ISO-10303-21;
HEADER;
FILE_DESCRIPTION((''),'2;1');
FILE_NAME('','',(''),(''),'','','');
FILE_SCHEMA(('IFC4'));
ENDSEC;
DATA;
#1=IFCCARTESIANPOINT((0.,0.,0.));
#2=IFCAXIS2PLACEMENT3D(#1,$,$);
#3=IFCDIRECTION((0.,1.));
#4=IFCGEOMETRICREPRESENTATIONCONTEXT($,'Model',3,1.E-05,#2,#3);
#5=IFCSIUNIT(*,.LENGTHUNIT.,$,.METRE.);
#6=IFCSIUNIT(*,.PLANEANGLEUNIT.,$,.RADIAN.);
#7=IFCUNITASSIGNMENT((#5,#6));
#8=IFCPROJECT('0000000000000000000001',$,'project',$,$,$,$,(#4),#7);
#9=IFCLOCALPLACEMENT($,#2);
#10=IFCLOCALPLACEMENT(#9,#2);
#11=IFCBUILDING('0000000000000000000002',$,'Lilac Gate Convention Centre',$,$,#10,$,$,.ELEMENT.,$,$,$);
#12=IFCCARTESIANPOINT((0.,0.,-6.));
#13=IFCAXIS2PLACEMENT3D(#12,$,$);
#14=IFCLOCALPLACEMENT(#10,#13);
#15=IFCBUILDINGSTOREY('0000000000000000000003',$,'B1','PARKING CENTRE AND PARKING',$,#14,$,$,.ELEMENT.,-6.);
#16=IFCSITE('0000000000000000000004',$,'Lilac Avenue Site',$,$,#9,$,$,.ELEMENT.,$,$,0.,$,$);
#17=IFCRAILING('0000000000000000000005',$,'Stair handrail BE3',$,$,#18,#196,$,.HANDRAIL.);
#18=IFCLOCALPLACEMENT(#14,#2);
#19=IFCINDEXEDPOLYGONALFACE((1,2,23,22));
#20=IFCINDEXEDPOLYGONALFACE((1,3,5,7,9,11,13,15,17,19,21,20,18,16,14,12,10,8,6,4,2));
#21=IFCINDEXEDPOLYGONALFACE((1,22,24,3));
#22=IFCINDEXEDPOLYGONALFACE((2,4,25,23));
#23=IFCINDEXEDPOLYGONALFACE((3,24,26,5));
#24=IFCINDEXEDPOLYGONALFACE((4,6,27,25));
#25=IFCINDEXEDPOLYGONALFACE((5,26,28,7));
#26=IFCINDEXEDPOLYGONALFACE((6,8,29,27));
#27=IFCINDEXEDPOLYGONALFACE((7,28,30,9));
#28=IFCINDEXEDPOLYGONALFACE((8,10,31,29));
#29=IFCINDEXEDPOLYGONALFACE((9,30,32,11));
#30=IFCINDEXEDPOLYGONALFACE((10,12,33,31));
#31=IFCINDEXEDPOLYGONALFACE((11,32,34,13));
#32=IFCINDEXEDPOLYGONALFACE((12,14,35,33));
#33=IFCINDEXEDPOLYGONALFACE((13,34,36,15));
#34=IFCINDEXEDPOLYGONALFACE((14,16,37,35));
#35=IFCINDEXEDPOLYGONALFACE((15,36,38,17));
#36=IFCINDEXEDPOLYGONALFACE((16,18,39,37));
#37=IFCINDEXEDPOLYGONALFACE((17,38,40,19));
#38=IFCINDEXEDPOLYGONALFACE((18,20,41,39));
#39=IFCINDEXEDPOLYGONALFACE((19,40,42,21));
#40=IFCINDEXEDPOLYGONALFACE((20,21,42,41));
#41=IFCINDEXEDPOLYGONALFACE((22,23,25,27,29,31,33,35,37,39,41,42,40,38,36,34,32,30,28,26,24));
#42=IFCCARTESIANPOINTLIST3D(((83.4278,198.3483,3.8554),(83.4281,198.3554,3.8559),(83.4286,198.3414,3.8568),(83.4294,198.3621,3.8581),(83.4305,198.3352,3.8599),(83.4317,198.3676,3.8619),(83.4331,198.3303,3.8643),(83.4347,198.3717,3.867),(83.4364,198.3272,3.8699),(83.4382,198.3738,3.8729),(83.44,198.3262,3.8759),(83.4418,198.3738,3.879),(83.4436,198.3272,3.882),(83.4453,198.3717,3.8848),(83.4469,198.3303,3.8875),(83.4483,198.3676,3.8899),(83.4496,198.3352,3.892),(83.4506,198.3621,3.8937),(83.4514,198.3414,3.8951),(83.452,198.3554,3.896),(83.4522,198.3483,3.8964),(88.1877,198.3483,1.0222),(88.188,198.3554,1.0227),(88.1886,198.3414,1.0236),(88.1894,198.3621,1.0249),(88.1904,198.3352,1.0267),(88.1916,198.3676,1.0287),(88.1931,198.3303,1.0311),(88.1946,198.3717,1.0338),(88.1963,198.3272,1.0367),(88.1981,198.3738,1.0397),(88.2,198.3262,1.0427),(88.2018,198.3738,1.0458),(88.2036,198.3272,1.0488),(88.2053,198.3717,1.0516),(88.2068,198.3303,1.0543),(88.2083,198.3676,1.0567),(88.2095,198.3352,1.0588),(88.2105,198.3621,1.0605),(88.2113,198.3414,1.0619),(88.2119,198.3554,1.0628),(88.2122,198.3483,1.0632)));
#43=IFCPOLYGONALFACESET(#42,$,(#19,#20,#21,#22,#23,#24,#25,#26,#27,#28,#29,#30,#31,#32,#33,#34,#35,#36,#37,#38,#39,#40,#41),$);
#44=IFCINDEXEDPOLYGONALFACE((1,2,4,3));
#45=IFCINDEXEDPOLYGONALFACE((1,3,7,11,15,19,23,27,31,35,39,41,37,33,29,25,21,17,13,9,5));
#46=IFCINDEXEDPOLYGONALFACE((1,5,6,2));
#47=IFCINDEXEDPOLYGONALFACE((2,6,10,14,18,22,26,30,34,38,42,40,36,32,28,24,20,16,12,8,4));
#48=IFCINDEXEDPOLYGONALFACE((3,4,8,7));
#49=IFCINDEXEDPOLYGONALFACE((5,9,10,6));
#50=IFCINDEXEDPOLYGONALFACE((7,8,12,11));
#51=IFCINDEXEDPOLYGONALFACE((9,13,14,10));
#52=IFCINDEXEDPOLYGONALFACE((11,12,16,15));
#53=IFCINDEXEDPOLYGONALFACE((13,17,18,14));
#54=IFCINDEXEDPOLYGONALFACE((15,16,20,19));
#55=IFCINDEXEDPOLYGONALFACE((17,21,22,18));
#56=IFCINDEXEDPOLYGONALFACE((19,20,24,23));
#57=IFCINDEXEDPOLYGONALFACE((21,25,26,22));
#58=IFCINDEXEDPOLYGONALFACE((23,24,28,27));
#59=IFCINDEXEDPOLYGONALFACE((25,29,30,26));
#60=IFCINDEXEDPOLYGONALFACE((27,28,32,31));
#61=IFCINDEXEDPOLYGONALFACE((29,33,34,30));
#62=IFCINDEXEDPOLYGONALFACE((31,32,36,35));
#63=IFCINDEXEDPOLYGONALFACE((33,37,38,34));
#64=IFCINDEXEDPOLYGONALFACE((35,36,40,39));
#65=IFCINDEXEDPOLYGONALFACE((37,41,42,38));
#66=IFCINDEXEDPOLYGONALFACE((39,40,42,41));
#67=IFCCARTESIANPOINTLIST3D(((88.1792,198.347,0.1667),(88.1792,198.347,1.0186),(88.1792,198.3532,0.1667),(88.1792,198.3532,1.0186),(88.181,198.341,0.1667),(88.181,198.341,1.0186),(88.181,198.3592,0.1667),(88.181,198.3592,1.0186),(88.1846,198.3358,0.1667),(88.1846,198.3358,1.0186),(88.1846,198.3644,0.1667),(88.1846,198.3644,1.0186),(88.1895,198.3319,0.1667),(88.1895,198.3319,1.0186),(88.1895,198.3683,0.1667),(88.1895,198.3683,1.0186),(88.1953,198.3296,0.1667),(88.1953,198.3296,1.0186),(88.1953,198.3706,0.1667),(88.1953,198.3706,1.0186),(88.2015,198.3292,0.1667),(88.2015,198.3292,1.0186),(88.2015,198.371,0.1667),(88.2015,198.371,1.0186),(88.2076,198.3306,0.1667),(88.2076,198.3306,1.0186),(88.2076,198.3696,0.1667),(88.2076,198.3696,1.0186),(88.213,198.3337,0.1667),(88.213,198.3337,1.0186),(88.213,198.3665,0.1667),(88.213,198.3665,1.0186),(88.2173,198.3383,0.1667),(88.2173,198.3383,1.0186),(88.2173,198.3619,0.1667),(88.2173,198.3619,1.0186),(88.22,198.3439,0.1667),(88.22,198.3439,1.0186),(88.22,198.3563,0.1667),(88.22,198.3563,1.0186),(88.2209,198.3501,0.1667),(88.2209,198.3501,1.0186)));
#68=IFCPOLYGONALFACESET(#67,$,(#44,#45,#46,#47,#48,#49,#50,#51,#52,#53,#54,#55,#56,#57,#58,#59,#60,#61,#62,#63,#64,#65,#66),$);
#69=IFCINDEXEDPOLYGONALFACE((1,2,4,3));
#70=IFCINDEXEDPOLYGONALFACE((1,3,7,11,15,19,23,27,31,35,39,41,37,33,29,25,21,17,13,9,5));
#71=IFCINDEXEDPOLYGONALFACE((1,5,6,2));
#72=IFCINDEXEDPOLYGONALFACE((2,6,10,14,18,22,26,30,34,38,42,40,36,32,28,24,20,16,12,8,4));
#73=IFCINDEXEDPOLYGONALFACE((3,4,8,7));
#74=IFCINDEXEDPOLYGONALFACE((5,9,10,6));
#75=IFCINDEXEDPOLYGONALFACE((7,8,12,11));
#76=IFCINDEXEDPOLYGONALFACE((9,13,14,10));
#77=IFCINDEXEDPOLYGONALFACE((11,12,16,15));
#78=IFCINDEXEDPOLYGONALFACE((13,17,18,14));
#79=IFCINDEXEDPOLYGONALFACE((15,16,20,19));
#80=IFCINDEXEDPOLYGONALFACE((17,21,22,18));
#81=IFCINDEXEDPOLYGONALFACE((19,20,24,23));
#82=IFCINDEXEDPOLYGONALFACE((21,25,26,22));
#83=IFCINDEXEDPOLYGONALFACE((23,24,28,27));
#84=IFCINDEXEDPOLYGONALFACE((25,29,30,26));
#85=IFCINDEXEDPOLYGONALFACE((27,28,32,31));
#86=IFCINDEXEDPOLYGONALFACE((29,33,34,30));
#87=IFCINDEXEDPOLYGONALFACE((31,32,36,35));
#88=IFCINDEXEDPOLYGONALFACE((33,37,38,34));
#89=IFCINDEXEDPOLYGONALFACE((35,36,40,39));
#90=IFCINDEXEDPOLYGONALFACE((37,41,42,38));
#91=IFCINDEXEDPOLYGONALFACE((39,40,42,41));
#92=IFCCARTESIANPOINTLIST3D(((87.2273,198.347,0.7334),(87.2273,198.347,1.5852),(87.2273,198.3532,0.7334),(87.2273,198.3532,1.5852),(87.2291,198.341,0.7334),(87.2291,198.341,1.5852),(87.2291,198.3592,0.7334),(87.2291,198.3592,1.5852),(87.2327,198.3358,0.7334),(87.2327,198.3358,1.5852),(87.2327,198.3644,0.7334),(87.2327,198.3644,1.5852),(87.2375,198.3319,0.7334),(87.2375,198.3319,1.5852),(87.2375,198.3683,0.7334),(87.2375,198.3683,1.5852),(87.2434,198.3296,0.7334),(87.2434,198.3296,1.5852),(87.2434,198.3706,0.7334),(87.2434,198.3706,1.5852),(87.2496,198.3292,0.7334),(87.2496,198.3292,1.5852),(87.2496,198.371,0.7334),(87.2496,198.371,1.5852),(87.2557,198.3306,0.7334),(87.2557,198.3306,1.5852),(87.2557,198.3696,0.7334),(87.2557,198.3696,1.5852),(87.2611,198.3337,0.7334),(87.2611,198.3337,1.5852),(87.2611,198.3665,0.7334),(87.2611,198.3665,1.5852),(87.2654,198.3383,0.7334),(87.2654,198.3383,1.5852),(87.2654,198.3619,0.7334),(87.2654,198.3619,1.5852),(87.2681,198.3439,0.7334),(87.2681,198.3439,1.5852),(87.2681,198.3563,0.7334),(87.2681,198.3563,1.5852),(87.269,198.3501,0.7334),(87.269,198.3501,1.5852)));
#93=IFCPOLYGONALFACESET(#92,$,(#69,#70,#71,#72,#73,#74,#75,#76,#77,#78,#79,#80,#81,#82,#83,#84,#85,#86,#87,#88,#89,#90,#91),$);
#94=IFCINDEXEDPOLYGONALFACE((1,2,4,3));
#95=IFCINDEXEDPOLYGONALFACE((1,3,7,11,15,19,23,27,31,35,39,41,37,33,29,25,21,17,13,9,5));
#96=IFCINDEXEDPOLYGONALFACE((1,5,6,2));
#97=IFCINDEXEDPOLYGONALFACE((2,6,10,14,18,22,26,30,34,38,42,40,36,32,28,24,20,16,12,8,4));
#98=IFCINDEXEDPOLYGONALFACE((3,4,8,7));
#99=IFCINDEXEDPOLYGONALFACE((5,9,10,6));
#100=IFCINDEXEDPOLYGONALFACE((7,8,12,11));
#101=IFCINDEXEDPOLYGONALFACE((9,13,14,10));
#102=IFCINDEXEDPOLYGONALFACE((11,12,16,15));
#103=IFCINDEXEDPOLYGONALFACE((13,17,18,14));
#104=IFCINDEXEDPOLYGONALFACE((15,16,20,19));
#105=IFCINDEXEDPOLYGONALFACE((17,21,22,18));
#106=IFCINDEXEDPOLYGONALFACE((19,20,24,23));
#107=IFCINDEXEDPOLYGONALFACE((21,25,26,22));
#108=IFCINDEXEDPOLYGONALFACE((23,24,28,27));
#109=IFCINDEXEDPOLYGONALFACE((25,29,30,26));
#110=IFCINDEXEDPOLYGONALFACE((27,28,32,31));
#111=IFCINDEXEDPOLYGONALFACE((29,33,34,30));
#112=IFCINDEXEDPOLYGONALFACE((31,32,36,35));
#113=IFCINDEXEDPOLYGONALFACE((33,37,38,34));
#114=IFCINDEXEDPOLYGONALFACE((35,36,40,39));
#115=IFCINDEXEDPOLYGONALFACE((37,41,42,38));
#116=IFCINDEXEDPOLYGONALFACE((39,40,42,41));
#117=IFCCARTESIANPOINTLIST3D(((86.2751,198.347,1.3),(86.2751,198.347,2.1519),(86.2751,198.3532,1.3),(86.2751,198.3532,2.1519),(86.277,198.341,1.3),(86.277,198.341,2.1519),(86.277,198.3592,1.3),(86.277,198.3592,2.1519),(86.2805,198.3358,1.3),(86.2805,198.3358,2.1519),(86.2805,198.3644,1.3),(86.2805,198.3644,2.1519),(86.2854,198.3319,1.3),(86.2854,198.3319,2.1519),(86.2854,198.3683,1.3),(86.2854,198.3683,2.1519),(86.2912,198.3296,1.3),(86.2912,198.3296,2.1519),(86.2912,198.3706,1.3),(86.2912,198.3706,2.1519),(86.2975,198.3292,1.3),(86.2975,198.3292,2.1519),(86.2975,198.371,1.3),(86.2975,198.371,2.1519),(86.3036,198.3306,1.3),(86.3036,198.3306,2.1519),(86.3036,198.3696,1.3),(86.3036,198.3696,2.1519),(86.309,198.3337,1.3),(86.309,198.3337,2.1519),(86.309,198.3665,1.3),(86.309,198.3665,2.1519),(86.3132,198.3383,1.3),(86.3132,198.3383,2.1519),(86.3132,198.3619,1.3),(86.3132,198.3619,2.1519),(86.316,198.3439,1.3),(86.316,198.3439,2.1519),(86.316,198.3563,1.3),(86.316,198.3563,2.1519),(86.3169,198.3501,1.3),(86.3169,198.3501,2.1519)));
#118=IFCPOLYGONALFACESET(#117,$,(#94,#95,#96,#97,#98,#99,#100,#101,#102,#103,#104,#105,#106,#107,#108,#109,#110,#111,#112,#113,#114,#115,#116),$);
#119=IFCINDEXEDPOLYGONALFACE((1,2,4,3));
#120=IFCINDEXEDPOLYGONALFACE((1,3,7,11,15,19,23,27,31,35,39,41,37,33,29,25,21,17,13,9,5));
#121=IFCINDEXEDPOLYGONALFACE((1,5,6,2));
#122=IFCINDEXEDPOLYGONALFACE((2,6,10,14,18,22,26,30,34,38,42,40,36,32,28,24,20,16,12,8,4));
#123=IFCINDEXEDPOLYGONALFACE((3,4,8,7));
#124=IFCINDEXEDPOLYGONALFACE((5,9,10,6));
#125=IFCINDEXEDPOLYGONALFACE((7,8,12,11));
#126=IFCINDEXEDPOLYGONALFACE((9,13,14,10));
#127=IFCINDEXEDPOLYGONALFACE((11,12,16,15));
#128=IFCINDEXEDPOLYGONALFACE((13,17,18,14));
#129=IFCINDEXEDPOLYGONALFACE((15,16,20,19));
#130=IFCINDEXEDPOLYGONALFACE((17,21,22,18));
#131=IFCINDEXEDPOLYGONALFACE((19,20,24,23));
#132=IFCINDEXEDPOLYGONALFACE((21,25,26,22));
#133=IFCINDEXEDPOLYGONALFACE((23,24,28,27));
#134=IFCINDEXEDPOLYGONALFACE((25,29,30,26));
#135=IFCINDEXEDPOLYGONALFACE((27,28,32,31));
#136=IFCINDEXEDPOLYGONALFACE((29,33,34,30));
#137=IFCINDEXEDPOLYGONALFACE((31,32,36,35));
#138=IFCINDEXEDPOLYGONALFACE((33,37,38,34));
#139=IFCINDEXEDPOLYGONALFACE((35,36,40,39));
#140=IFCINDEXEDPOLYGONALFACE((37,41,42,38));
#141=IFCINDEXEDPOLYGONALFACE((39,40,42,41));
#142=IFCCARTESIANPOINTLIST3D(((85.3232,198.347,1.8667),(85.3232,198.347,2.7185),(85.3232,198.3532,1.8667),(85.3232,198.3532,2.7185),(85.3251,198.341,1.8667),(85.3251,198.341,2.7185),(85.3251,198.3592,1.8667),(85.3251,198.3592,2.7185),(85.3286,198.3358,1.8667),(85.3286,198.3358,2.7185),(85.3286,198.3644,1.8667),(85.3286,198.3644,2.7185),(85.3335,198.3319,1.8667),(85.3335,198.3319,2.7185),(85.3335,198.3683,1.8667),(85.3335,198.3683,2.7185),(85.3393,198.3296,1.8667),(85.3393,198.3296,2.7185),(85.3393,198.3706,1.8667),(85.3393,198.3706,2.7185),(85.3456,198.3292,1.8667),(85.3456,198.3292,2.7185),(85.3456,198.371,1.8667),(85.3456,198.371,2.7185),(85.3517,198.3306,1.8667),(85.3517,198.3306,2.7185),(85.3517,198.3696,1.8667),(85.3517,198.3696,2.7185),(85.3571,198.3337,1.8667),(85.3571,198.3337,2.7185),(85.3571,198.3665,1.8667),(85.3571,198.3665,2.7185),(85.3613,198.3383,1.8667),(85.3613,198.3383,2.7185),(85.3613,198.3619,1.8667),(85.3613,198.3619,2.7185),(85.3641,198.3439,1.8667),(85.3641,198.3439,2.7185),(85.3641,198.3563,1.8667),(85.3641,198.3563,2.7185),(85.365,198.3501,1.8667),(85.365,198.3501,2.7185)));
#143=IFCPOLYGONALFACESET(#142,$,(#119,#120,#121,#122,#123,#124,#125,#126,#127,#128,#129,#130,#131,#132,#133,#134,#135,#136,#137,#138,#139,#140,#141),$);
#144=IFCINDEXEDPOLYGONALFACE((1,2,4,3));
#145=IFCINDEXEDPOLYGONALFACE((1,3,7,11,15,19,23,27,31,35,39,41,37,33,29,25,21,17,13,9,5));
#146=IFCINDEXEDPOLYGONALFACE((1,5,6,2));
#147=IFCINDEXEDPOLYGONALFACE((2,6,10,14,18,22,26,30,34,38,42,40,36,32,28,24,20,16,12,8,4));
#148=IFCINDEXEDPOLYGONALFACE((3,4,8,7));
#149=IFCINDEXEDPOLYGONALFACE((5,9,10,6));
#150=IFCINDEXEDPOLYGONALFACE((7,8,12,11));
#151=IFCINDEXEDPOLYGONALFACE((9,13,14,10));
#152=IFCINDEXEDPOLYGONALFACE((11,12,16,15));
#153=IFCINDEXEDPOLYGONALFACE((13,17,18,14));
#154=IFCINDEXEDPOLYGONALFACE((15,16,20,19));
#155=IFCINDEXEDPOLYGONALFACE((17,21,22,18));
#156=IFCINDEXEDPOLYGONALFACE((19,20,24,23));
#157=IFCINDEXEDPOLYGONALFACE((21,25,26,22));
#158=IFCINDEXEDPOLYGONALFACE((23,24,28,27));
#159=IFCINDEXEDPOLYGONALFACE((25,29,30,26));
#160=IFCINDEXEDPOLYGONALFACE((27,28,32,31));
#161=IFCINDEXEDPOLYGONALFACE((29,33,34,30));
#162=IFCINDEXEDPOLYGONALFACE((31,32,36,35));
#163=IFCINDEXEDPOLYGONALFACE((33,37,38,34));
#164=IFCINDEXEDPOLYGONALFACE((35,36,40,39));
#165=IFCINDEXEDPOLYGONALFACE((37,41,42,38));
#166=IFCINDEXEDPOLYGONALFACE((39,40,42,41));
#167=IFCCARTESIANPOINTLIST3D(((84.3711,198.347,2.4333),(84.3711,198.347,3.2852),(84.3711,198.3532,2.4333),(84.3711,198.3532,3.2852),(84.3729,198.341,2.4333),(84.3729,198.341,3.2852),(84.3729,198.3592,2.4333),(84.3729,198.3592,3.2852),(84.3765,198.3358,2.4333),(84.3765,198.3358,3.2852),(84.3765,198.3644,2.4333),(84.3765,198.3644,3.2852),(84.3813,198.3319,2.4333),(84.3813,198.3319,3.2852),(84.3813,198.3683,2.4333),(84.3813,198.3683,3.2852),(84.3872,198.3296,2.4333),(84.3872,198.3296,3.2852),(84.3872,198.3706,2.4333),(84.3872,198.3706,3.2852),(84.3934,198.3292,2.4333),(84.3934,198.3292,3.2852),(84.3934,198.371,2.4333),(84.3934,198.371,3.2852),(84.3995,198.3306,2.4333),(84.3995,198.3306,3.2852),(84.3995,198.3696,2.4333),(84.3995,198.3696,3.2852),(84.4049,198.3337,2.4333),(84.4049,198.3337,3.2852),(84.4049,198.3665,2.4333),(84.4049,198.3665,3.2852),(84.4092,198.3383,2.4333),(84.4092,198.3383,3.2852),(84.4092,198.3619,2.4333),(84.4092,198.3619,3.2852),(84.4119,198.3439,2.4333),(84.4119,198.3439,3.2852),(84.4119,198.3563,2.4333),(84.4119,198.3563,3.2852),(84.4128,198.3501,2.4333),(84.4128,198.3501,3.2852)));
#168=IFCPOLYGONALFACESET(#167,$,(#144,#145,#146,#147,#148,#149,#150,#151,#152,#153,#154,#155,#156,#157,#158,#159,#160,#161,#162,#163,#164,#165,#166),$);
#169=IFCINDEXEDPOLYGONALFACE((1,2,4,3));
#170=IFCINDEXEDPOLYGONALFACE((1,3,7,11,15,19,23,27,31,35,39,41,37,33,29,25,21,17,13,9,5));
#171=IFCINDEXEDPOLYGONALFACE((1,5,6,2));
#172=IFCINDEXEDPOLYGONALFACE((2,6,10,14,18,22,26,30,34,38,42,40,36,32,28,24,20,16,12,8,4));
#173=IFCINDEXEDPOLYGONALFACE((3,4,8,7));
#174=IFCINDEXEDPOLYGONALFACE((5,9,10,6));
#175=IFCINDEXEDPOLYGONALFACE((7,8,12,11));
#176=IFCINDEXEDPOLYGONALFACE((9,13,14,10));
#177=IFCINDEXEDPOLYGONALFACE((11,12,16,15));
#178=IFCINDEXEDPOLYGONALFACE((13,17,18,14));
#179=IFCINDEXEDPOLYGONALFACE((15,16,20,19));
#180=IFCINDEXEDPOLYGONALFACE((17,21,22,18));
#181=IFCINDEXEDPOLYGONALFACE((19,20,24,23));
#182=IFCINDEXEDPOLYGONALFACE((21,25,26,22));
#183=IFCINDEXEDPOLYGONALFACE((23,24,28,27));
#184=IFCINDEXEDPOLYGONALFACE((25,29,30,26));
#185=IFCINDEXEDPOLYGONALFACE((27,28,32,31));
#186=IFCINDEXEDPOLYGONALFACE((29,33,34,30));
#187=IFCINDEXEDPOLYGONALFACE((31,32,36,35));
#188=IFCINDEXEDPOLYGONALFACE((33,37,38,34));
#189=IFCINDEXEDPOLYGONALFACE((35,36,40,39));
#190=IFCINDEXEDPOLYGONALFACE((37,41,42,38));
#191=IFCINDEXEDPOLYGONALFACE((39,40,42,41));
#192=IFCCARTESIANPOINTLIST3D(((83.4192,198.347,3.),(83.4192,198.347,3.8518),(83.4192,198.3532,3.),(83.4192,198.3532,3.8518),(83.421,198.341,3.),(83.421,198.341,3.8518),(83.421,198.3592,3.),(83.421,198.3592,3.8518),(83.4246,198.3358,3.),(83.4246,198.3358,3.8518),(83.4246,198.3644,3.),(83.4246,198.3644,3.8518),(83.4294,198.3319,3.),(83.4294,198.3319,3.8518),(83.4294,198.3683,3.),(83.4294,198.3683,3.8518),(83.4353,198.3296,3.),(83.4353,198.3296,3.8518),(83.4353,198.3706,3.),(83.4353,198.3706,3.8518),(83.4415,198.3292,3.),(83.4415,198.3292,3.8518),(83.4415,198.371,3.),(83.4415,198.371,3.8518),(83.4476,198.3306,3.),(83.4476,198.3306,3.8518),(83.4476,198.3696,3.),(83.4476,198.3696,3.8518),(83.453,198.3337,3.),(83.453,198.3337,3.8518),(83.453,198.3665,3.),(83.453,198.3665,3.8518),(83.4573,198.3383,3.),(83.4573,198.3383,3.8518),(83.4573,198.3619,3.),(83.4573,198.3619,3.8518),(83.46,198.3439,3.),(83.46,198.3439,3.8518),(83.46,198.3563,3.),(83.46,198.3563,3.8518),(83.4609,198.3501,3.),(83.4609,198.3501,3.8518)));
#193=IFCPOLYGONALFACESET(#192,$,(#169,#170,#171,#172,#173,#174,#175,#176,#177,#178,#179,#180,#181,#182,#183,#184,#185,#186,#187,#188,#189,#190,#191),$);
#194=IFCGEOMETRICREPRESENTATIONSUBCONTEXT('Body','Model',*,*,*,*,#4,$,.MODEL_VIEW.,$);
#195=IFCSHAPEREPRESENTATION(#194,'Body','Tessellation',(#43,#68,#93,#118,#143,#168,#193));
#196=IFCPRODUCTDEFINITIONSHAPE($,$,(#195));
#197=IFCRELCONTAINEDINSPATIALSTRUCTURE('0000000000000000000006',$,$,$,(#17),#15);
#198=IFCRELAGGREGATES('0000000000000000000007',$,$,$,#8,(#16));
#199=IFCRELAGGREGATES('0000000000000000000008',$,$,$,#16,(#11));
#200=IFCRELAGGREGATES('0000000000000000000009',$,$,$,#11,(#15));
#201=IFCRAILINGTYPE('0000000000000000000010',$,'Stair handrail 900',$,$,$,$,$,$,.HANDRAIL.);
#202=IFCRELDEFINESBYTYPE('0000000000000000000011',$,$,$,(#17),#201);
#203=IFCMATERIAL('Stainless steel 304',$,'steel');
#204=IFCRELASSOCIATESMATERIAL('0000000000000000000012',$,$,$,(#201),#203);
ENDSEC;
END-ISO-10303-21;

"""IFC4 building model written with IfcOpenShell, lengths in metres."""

from ifc_helpers import new_model, si_unit, direction, frame, origin, origin_2d, place, context, subcontext, project, spatial, circle, extrude, material, type_object, element, save


model = new_model("IFC4")

# Units and contexts
model_context = context("Model", 3, precision=1e-05, world=origin(), true_north=direction((0.0, 1.0)))
body_context = subcontext(model_context, "Body", "Model", "MODEL_VIEW")
ifc_project = project(units=[si_unit("LENGTHUNIT", "METRE"), si_unit("PLANEANGLEUNIT", "RADIAN")], contexts=[model_context])

# Site, building, storey
site_placement = place(None, origin())
site = spatial("IfcSite", under=ifc_project, at=site_placement, Name="Lilac Avenue Site", CompositionType="ELEMENT", RefElevation=0.0)
building_placement = place(site_placement, origin())
building = spatial("IfcBuilding", under=site, at=building_placement, Name="Lilac Gate Convention Centre", CompositionType="ELEMENT")
storey_placement = place(building_placement, frame((0.0, 0.0, -6.0)))
storey = spatial("IfcBuildingStorey", under=building, at=storey_placement, Name="B1", Description="PARKING CENTRE AND PARKING", CompositionType="ELEMENT", Elevation=-6.0)

# Railing
ifc_material_1 = material(Name="Stainless steel 304", Category="steel")
railing_type = type_object("IfcRailingType", Name="Stair handrail 900", PredefinedType="HANDRAIL", material=ifc_material_1)
for number, where, name in (
    (1, (88.2, 198.3501, 0.1667), "Stair handrail BE3"),
):
    element("IfcRailing", number, at=place(storey_placement, frame(where)), inside=storey, type_object=railing_type, Name=name, PredefinedType="HANDRAIL", context=body_context, shape_type="SweptSolid", body=[
        extrude(circle(Radius=0.0239, at=origin_2d()), frame((0.0, 0.0, 0.876), z_axis=(-0.8593, 0.0, 0.511472), x_axis=(0.0, -1.0, 0.0)), (0.0, 0.0, 1.0), 5.5393),
        extrude(circle(Radius=0.021, at=origin_2d()), origin(), (0.0, 0.0, 1.0), 0.8518),
        extrude(circle(Radius=0.021, at=origin_2d()), frame((-0.9519, 0.0, 0.5667)), (0.0, 0.0, 1.0), 0.8518),
        extrude(circle(Radius=0.021, at=origin_2d()), frame((-1.9041, 0.0, 1.1333)), (0.0, 0.0, 1.0), 0.8518),
        extrude(circle(Radius=0.021, at=origin_2d()), frame((-2.856, 0.0, 1.7)), (0.0, 0.0, 1.0), 0.8518),
        extrude(circle(Radius=0.021, at=origin_2d()), frame((-3.8081, 0.0, 2.2666)), (0.0, 0.0, 1.0), 0.8518),
        extrude(circle(Radius=0.021, at=origin_2d()), frame((-4.76, 0.0, 2.8333)), (0.0, 0.0, 1.0), 0.8518),
    ])

save(model, "model.ifc")
